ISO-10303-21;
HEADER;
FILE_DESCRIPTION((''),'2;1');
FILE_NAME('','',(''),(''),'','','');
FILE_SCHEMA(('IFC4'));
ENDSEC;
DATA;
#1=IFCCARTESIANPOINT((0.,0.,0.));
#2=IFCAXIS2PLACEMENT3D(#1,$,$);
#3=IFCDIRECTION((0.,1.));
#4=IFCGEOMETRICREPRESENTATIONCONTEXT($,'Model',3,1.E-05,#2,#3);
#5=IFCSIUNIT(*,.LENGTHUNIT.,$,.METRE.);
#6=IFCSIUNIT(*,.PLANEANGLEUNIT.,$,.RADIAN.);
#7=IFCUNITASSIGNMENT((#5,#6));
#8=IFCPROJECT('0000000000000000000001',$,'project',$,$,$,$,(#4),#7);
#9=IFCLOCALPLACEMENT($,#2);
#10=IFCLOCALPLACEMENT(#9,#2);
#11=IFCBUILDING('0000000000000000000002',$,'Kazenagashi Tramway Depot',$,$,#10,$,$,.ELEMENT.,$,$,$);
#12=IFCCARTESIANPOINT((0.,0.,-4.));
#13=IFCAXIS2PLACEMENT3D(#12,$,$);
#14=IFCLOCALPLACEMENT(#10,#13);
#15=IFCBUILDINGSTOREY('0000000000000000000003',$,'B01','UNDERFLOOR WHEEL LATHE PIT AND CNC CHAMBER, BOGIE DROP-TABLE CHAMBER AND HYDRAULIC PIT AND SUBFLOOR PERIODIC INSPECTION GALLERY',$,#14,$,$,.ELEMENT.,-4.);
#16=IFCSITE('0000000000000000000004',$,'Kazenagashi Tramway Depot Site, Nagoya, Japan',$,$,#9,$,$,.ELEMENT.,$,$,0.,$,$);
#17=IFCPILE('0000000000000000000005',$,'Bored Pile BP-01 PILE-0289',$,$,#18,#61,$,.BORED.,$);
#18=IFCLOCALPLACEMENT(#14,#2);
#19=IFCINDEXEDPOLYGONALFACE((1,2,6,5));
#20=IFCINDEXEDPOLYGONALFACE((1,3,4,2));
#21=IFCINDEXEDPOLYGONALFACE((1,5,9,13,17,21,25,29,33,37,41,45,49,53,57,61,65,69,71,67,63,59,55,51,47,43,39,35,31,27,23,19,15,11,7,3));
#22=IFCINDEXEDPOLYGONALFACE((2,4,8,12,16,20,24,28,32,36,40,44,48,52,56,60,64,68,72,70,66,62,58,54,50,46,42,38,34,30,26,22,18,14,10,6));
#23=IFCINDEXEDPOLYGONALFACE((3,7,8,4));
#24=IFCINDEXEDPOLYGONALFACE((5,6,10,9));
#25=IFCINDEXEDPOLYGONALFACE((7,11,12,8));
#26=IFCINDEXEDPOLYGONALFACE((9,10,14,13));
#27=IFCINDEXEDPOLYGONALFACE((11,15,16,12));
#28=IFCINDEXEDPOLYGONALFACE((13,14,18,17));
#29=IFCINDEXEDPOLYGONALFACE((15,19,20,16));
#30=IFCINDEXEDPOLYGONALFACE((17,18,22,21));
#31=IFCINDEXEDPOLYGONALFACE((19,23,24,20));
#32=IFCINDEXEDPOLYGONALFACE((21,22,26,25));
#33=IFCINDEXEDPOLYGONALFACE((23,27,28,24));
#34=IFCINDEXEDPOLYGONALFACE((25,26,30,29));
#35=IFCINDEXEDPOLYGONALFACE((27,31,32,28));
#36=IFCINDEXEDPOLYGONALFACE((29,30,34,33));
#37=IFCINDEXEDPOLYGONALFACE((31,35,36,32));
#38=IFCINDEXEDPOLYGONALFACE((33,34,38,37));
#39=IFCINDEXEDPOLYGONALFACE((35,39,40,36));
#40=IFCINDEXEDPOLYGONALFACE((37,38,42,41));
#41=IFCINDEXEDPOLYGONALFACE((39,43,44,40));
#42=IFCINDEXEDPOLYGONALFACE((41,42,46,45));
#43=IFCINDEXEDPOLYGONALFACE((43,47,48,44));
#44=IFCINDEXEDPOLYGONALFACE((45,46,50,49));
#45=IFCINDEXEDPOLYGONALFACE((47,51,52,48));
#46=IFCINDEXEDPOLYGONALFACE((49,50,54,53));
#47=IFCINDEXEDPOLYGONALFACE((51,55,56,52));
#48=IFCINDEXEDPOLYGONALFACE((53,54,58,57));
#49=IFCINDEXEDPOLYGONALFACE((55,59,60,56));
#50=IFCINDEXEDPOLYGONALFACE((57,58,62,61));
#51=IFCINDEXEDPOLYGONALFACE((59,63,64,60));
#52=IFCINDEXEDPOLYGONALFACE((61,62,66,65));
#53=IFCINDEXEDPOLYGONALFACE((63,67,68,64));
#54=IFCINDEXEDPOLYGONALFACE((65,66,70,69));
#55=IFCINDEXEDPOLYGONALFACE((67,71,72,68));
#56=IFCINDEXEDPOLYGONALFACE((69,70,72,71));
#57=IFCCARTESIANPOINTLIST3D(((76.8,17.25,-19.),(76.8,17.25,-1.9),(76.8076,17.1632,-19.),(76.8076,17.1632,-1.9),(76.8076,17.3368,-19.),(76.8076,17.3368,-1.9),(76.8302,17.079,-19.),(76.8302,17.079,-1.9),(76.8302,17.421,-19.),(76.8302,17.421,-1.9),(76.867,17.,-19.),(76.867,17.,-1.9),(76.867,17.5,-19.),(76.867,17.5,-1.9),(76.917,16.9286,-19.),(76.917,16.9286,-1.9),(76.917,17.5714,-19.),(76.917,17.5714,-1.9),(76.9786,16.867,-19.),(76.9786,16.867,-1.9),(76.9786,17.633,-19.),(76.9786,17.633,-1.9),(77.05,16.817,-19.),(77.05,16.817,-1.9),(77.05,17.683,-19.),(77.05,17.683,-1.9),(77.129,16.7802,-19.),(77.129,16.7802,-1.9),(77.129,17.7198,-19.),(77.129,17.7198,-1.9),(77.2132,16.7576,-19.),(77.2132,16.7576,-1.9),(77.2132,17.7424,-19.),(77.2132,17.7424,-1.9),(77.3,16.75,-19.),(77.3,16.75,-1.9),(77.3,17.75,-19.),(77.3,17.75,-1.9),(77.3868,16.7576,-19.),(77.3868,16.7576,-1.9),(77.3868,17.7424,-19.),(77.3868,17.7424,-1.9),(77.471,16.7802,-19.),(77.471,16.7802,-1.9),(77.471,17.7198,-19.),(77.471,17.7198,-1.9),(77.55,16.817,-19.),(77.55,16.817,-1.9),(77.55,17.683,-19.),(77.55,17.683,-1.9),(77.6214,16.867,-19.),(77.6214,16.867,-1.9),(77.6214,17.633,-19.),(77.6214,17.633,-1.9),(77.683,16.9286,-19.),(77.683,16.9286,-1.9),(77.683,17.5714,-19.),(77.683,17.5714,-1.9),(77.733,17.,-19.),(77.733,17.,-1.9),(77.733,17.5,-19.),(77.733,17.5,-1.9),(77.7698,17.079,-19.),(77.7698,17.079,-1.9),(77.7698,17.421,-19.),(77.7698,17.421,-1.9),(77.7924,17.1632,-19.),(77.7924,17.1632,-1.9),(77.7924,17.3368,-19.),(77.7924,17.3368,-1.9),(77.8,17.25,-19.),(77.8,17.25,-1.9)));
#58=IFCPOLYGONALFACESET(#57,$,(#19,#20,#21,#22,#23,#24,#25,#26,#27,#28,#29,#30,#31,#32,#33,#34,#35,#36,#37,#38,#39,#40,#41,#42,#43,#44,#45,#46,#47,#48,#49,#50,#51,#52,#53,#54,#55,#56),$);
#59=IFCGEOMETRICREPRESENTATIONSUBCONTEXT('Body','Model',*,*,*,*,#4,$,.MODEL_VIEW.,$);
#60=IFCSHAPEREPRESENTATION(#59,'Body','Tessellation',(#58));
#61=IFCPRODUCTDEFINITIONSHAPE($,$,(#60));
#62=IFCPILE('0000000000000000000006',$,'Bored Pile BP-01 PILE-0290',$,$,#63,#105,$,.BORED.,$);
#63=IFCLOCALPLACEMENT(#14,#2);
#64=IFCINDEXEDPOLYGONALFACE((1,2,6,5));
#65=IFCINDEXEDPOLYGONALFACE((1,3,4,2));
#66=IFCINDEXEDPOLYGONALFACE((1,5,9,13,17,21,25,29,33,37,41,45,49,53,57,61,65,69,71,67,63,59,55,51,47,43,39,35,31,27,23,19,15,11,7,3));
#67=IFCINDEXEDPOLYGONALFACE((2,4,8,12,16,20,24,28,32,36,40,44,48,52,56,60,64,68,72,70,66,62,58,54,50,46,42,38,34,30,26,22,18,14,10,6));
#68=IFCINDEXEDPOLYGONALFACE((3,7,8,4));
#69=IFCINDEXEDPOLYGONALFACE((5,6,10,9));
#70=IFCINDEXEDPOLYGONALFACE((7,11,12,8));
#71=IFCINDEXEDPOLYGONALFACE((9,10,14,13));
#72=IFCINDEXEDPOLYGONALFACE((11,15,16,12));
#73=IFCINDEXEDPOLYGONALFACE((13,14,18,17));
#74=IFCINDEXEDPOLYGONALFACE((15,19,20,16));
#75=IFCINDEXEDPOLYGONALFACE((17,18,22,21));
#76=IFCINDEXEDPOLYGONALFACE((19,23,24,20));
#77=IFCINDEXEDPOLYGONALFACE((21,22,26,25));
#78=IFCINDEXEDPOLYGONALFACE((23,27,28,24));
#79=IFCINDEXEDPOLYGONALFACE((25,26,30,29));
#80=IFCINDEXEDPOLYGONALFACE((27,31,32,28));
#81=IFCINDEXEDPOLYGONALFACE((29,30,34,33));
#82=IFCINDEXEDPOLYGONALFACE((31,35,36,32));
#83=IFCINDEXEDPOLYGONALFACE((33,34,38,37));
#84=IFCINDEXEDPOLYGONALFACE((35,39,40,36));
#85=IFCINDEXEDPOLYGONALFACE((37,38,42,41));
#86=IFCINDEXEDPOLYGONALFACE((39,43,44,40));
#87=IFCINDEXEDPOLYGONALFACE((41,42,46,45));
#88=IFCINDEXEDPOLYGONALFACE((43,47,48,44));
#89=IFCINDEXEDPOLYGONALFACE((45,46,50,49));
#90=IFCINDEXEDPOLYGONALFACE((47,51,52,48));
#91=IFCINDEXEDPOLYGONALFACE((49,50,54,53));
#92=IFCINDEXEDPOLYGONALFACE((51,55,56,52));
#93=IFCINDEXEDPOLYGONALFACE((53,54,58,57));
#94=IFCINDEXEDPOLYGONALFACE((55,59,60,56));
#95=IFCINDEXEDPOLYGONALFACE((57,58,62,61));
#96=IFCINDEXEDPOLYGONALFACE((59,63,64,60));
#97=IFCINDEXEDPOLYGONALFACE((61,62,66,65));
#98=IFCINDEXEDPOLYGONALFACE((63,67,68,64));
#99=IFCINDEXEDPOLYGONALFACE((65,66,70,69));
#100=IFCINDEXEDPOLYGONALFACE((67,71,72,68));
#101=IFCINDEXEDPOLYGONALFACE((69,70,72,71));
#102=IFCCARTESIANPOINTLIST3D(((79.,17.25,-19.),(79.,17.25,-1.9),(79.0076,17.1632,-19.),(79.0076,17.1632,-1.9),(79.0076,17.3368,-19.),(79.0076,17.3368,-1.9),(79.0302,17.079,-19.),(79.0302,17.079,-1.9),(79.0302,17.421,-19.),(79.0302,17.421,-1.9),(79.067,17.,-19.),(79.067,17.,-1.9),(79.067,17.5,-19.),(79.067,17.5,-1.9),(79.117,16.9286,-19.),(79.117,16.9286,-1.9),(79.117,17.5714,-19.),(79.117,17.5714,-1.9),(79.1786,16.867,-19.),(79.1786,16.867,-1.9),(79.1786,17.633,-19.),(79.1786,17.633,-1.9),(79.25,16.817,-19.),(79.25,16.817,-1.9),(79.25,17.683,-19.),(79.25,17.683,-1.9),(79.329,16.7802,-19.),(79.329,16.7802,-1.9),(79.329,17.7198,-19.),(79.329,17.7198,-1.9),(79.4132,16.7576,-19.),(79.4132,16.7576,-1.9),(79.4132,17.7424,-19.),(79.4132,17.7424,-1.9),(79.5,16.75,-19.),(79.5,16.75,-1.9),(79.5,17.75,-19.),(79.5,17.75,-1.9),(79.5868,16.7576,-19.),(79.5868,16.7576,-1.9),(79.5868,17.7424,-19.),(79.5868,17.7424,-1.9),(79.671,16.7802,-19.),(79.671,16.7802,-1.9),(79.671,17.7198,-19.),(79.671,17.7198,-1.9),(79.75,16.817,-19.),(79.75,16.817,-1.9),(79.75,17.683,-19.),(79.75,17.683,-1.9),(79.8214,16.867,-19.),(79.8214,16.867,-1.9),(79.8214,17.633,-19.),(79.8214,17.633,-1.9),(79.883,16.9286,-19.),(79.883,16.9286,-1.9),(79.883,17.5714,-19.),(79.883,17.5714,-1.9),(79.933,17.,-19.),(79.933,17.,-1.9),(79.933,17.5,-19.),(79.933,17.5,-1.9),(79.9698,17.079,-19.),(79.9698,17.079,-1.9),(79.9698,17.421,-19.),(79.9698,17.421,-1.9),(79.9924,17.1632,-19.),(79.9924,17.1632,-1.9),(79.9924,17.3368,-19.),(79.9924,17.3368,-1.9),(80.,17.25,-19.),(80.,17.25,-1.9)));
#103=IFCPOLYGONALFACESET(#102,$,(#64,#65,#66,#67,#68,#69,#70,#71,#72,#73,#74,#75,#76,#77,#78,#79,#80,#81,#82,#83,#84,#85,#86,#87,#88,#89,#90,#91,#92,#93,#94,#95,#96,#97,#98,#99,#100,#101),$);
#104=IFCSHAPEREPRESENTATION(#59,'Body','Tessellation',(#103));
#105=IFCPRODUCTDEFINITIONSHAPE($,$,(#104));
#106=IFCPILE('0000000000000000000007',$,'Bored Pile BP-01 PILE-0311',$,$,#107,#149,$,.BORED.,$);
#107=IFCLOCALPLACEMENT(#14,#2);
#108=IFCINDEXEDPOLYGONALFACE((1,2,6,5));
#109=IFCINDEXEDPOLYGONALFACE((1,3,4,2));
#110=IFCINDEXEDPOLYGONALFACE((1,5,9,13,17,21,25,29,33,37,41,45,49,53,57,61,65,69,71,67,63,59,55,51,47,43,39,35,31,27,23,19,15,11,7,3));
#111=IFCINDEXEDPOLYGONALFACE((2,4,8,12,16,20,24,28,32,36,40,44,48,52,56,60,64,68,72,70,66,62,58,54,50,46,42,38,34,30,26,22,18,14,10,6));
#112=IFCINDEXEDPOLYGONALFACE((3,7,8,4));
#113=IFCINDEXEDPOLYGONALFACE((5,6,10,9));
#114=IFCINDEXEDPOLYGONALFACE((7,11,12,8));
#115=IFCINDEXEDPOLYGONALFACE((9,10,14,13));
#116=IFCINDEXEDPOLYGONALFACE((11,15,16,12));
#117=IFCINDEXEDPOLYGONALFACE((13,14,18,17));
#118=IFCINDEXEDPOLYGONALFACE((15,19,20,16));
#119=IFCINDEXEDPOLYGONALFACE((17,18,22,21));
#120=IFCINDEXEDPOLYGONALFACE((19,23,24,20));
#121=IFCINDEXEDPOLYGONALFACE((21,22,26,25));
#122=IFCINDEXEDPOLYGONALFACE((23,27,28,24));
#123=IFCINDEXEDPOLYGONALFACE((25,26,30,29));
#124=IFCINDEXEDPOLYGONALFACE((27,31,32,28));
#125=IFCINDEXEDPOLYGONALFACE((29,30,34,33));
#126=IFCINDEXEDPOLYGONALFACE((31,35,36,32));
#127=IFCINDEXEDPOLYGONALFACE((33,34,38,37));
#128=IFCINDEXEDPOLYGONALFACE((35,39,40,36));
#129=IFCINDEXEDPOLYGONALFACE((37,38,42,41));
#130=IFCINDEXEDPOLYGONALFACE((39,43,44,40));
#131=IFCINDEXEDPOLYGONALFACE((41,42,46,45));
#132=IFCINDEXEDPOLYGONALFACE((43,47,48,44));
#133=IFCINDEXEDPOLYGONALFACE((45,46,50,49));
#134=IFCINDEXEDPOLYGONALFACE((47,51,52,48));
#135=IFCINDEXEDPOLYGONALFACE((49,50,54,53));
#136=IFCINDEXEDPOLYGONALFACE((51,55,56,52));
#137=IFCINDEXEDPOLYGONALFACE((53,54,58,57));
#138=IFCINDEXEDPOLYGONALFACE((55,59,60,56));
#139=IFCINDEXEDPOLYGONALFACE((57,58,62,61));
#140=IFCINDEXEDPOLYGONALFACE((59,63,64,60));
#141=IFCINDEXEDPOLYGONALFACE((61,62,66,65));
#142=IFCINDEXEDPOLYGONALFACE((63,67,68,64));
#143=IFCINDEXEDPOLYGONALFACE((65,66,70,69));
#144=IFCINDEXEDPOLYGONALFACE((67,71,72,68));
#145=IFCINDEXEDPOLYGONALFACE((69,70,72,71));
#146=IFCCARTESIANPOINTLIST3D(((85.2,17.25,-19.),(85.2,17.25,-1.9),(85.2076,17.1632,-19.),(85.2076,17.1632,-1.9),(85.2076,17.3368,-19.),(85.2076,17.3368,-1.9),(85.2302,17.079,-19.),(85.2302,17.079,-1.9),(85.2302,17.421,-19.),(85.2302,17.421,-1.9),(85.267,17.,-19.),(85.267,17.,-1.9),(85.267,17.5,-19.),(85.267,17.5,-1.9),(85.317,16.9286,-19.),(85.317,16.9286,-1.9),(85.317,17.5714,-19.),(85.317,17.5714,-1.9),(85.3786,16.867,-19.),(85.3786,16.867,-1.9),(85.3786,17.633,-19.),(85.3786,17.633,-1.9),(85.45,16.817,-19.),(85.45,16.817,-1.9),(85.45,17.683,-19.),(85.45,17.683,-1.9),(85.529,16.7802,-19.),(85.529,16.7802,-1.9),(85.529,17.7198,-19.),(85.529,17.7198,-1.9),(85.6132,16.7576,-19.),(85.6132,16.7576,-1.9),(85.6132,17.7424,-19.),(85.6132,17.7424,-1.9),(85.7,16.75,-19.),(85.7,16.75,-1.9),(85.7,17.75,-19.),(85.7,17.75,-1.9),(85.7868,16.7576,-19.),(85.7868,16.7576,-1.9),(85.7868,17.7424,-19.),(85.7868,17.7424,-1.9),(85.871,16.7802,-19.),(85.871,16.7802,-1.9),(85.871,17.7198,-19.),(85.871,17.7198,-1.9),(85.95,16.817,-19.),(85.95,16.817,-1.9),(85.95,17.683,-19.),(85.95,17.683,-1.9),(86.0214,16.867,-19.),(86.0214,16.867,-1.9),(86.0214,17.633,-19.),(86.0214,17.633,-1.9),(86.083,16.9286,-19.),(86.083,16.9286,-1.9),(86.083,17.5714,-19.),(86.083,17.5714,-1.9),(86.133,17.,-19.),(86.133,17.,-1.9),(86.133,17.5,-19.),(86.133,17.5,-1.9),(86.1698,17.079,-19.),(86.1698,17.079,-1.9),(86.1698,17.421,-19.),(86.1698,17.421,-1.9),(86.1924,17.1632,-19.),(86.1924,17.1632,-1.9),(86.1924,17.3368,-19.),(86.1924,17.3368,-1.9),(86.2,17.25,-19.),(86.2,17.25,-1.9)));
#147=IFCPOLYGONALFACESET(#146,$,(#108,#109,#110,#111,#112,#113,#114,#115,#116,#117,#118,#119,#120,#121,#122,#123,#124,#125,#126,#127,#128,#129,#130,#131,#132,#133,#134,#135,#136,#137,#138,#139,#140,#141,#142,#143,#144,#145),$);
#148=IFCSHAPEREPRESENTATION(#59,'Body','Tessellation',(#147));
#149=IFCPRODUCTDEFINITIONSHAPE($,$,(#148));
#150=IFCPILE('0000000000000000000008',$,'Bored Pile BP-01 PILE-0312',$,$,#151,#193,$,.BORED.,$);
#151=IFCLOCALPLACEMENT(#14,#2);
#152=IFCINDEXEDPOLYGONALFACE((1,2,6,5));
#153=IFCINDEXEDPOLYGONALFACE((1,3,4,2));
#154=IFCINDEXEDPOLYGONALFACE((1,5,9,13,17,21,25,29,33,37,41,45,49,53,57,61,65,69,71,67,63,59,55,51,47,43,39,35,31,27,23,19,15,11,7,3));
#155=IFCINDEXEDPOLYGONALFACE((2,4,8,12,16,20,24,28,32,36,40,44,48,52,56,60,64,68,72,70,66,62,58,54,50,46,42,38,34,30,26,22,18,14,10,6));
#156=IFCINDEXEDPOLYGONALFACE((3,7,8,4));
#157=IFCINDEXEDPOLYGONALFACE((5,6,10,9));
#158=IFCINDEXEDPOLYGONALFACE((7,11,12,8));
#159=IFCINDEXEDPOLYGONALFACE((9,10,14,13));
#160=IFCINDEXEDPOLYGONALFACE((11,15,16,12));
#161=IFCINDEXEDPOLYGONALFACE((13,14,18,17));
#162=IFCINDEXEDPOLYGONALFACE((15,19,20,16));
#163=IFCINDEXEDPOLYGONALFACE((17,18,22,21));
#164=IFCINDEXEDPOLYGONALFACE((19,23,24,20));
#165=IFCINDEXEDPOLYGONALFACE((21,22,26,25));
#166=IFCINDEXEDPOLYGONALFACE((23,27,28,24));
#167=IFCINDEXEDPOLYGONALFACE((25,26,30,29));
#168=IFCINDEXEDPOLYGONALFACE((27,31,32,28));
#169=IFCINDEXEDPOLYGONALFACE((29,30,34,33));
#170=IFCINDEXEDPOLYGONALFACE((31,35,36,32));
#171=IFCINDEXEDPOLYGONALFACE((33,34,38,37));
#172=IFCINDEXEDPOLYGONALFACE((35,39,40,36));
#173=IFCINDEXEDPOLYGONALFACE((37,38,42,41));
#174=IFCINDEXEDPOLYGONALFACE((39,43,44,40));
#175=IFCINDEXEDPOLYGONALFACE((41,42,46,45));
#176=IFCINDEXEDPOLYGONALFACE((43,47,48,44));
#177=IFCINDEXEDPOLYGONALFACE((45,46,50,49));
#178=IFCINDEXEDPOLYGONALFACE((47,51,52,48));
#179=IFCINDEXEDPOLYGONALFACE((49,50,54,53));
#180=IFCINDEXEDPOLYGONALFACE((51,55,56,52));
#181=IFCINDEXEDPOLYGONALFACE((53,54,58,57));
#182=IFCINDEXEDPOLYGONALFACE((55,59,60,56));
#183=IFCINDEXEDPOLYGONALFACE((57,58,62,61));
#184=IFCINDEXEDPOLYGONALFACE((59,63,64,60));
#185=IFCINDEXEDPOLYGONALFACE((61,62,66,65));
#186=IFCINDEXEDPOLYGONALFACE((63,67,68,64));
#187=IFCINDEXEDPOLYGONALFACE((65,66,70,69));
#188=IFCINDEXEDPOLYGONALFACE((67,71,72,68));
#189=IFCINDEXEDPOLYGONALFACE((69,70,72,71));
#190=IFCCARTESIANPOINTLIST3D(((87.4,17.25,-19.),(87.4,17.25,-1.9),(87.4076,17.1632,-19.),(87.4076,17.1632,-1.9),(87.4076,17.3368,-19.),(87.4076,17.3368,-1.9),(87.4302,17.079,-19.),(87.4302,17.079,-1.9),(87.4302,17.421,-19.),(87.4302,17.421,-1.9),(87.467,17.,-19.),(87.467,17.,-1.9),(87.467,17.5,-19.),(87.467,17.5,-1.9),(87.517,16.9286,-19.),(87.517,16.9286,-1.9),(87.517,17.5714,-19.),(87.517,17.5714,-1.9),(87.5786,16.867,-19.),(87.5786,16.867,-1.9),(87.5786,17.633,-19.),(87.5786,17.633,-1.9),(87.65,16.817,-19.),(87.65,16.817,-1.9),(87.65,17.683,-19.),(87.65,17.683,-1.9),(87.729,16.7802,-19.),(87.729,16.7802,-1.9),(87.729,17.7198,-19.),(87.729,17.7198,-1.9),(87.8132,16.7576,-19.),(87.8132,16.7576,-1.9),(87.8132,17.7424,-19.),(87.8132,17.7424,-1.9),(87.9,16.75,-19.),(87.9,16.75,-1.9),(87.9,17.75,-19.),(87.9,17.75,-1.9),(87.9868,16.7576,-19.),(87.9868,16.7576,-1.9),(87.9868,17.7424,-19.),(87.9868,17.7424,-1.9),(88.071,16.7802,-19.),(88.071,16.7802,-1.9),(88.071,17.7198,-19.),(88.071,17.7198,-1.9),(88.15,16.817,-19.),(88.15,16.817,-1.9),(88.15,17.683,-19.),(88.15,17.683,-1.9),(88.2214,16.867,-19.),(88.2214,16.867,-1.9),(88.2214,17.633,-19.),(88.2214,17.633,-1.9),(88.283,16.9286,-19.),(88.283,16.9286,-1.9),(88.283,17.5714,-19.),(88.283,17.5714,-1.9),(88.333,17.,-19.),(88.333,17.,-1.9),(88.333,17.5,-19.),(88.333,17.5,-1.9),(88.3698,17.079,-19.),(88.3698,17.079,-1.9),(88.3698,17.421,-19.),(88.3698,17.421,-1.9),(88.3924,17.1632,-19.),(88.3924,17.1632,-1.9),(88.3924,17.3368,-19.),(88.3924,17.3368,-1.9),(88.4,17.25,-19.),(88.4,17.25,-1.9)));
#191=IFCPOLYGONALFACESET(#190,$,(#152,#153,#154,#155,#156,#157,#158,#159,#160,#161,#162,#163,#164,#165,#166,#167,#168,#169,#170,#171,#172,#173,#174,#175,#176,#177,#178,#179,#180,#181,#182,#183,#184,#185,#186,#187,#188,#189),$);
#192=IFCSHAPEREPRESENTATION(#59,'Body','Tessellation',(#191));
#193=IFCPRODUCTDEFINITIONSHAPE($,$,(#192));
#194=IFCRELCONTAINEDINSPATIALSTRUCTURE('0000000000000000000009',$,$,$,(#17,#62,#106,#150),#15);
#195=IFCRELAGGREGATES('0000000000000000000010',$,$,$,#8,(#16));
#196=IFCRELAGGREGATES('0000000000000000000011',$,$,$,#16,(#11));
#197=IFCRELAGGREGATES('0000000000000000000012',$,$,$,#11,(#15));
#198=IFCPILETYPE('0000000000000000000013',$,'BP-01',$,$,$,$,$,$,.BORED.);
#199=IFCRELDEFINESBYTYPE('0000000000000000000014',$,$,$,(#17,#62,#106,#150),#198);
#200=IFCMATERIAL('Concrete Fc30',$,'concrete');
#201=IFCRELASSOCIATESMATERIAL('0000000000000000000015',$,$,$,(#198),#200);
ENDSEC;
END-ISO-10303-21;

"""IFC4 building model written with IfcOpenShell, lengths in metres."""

from ifc_helpers import new_model, si_unit, direction, frame, origin, origin_2d, place, context, subcontext, project, spatial, circle, extrude, material, material_profile, profile_set, type_object, element, save


model = new_model("IFC4")

# Units and contexts
model_context = context("Model", 3, precision=1e-05, world=origin(), true_north=direction((0.0, 1.0)))
body_context = subcontext(model_context, "Body", "Model", "MODEL_VIEW")
ifc_project = project(units=[si_unit("LENGTHUNIT", "METRE"), si_unit("PLANEANGLEUNIT", "RADIAN")], contexts=[model_context])

# Site, building, storey
site_placement = place(None, origin())
site = spatial("IfcSite", under=ifc_project, at=site_placement, Name="Kazenagashi Tramway Depot Site, Nagoya, Japan", CompositionType="ELEMENT", RefElevation=0.0)
building_placement = place(site_placement, origin())
building = spatial("IfcBuilding", under=site, at=building_placement, Name="Kazenagashi Tramway Depot", CompositionType="ELEMENT")
storey_placement = place(building_placement, frame((0.0, 0.0, -4.0)))
storey = spatial("IfcBuildingStorey", under=building, at=storey_placement, Name="B01", Description="UNDERFLOOR WHEEL LATHE PIT AND CNC CHAMBER, BOGIE DROP-TABLE CHAMBER AND HYDRAULIC PIT AND SUBFLOOR PERIODIC INSPECTION GALLERY", CompositionType="ELEMENT", Elevation=-4.0)

# Piles
ifc_material_1 = material(Name="Concrete Fc30", Category="concrete")
ifc_material_profile_1 = material_profile(ifc_material_1, circle(Radius=0.5, at=origin_2d()), Name="PILE-1000")
ifc_profile_set_1 = profile_set([ifc_material_profile_1], Name="Concrete Fc30")
pile_type_1 = type_object("IfcPileType", Name="BP-01", PredefinedType="BORED", material=ifc_profile_set_1)
for number, where, z_axis, x_axis, name in (
    (1, (77.3, 17.25, -1.9), (0.0, 0.0, -1.0), (1.0, 0.0, 0.0), "Bored Pile BP-01 PILE-0289"),
    (2, (79.5, 17.25, -1.9), (0.0, 0.0, -1.0), (1.0, 0.0, 0.0), "Bored Pile BP-01 PILE-0290"),
    (3, (85.7, 17.25, -1.9), (0.0, 0.0, -1.0), (1.0, 0.0, 0.0), "Bored Pile BP-01 PILE-0311"),
    (4, (87.9, 17.25, -1.9), (0.0, 0.0, -1.0), (1.0, 0.0, 0.0), "Bored Pile BP-01 PILE-0312"),
):
    element("IfcPile", number, at=place(storey_placement, frame(where, z_axis=z_axis, x_axis=x_axis)), inside=storey, type_object=pile_type_1, Name=name, PredefinedType="BORED", context=body_context, shape_type="SweptSolid", body=[
        extrude(circle(Radius=0.5, at=origin_2d()), origin(), (0.0, 0.0, 1.0), 17.1),
    ])

save(model, "model.ifc")
